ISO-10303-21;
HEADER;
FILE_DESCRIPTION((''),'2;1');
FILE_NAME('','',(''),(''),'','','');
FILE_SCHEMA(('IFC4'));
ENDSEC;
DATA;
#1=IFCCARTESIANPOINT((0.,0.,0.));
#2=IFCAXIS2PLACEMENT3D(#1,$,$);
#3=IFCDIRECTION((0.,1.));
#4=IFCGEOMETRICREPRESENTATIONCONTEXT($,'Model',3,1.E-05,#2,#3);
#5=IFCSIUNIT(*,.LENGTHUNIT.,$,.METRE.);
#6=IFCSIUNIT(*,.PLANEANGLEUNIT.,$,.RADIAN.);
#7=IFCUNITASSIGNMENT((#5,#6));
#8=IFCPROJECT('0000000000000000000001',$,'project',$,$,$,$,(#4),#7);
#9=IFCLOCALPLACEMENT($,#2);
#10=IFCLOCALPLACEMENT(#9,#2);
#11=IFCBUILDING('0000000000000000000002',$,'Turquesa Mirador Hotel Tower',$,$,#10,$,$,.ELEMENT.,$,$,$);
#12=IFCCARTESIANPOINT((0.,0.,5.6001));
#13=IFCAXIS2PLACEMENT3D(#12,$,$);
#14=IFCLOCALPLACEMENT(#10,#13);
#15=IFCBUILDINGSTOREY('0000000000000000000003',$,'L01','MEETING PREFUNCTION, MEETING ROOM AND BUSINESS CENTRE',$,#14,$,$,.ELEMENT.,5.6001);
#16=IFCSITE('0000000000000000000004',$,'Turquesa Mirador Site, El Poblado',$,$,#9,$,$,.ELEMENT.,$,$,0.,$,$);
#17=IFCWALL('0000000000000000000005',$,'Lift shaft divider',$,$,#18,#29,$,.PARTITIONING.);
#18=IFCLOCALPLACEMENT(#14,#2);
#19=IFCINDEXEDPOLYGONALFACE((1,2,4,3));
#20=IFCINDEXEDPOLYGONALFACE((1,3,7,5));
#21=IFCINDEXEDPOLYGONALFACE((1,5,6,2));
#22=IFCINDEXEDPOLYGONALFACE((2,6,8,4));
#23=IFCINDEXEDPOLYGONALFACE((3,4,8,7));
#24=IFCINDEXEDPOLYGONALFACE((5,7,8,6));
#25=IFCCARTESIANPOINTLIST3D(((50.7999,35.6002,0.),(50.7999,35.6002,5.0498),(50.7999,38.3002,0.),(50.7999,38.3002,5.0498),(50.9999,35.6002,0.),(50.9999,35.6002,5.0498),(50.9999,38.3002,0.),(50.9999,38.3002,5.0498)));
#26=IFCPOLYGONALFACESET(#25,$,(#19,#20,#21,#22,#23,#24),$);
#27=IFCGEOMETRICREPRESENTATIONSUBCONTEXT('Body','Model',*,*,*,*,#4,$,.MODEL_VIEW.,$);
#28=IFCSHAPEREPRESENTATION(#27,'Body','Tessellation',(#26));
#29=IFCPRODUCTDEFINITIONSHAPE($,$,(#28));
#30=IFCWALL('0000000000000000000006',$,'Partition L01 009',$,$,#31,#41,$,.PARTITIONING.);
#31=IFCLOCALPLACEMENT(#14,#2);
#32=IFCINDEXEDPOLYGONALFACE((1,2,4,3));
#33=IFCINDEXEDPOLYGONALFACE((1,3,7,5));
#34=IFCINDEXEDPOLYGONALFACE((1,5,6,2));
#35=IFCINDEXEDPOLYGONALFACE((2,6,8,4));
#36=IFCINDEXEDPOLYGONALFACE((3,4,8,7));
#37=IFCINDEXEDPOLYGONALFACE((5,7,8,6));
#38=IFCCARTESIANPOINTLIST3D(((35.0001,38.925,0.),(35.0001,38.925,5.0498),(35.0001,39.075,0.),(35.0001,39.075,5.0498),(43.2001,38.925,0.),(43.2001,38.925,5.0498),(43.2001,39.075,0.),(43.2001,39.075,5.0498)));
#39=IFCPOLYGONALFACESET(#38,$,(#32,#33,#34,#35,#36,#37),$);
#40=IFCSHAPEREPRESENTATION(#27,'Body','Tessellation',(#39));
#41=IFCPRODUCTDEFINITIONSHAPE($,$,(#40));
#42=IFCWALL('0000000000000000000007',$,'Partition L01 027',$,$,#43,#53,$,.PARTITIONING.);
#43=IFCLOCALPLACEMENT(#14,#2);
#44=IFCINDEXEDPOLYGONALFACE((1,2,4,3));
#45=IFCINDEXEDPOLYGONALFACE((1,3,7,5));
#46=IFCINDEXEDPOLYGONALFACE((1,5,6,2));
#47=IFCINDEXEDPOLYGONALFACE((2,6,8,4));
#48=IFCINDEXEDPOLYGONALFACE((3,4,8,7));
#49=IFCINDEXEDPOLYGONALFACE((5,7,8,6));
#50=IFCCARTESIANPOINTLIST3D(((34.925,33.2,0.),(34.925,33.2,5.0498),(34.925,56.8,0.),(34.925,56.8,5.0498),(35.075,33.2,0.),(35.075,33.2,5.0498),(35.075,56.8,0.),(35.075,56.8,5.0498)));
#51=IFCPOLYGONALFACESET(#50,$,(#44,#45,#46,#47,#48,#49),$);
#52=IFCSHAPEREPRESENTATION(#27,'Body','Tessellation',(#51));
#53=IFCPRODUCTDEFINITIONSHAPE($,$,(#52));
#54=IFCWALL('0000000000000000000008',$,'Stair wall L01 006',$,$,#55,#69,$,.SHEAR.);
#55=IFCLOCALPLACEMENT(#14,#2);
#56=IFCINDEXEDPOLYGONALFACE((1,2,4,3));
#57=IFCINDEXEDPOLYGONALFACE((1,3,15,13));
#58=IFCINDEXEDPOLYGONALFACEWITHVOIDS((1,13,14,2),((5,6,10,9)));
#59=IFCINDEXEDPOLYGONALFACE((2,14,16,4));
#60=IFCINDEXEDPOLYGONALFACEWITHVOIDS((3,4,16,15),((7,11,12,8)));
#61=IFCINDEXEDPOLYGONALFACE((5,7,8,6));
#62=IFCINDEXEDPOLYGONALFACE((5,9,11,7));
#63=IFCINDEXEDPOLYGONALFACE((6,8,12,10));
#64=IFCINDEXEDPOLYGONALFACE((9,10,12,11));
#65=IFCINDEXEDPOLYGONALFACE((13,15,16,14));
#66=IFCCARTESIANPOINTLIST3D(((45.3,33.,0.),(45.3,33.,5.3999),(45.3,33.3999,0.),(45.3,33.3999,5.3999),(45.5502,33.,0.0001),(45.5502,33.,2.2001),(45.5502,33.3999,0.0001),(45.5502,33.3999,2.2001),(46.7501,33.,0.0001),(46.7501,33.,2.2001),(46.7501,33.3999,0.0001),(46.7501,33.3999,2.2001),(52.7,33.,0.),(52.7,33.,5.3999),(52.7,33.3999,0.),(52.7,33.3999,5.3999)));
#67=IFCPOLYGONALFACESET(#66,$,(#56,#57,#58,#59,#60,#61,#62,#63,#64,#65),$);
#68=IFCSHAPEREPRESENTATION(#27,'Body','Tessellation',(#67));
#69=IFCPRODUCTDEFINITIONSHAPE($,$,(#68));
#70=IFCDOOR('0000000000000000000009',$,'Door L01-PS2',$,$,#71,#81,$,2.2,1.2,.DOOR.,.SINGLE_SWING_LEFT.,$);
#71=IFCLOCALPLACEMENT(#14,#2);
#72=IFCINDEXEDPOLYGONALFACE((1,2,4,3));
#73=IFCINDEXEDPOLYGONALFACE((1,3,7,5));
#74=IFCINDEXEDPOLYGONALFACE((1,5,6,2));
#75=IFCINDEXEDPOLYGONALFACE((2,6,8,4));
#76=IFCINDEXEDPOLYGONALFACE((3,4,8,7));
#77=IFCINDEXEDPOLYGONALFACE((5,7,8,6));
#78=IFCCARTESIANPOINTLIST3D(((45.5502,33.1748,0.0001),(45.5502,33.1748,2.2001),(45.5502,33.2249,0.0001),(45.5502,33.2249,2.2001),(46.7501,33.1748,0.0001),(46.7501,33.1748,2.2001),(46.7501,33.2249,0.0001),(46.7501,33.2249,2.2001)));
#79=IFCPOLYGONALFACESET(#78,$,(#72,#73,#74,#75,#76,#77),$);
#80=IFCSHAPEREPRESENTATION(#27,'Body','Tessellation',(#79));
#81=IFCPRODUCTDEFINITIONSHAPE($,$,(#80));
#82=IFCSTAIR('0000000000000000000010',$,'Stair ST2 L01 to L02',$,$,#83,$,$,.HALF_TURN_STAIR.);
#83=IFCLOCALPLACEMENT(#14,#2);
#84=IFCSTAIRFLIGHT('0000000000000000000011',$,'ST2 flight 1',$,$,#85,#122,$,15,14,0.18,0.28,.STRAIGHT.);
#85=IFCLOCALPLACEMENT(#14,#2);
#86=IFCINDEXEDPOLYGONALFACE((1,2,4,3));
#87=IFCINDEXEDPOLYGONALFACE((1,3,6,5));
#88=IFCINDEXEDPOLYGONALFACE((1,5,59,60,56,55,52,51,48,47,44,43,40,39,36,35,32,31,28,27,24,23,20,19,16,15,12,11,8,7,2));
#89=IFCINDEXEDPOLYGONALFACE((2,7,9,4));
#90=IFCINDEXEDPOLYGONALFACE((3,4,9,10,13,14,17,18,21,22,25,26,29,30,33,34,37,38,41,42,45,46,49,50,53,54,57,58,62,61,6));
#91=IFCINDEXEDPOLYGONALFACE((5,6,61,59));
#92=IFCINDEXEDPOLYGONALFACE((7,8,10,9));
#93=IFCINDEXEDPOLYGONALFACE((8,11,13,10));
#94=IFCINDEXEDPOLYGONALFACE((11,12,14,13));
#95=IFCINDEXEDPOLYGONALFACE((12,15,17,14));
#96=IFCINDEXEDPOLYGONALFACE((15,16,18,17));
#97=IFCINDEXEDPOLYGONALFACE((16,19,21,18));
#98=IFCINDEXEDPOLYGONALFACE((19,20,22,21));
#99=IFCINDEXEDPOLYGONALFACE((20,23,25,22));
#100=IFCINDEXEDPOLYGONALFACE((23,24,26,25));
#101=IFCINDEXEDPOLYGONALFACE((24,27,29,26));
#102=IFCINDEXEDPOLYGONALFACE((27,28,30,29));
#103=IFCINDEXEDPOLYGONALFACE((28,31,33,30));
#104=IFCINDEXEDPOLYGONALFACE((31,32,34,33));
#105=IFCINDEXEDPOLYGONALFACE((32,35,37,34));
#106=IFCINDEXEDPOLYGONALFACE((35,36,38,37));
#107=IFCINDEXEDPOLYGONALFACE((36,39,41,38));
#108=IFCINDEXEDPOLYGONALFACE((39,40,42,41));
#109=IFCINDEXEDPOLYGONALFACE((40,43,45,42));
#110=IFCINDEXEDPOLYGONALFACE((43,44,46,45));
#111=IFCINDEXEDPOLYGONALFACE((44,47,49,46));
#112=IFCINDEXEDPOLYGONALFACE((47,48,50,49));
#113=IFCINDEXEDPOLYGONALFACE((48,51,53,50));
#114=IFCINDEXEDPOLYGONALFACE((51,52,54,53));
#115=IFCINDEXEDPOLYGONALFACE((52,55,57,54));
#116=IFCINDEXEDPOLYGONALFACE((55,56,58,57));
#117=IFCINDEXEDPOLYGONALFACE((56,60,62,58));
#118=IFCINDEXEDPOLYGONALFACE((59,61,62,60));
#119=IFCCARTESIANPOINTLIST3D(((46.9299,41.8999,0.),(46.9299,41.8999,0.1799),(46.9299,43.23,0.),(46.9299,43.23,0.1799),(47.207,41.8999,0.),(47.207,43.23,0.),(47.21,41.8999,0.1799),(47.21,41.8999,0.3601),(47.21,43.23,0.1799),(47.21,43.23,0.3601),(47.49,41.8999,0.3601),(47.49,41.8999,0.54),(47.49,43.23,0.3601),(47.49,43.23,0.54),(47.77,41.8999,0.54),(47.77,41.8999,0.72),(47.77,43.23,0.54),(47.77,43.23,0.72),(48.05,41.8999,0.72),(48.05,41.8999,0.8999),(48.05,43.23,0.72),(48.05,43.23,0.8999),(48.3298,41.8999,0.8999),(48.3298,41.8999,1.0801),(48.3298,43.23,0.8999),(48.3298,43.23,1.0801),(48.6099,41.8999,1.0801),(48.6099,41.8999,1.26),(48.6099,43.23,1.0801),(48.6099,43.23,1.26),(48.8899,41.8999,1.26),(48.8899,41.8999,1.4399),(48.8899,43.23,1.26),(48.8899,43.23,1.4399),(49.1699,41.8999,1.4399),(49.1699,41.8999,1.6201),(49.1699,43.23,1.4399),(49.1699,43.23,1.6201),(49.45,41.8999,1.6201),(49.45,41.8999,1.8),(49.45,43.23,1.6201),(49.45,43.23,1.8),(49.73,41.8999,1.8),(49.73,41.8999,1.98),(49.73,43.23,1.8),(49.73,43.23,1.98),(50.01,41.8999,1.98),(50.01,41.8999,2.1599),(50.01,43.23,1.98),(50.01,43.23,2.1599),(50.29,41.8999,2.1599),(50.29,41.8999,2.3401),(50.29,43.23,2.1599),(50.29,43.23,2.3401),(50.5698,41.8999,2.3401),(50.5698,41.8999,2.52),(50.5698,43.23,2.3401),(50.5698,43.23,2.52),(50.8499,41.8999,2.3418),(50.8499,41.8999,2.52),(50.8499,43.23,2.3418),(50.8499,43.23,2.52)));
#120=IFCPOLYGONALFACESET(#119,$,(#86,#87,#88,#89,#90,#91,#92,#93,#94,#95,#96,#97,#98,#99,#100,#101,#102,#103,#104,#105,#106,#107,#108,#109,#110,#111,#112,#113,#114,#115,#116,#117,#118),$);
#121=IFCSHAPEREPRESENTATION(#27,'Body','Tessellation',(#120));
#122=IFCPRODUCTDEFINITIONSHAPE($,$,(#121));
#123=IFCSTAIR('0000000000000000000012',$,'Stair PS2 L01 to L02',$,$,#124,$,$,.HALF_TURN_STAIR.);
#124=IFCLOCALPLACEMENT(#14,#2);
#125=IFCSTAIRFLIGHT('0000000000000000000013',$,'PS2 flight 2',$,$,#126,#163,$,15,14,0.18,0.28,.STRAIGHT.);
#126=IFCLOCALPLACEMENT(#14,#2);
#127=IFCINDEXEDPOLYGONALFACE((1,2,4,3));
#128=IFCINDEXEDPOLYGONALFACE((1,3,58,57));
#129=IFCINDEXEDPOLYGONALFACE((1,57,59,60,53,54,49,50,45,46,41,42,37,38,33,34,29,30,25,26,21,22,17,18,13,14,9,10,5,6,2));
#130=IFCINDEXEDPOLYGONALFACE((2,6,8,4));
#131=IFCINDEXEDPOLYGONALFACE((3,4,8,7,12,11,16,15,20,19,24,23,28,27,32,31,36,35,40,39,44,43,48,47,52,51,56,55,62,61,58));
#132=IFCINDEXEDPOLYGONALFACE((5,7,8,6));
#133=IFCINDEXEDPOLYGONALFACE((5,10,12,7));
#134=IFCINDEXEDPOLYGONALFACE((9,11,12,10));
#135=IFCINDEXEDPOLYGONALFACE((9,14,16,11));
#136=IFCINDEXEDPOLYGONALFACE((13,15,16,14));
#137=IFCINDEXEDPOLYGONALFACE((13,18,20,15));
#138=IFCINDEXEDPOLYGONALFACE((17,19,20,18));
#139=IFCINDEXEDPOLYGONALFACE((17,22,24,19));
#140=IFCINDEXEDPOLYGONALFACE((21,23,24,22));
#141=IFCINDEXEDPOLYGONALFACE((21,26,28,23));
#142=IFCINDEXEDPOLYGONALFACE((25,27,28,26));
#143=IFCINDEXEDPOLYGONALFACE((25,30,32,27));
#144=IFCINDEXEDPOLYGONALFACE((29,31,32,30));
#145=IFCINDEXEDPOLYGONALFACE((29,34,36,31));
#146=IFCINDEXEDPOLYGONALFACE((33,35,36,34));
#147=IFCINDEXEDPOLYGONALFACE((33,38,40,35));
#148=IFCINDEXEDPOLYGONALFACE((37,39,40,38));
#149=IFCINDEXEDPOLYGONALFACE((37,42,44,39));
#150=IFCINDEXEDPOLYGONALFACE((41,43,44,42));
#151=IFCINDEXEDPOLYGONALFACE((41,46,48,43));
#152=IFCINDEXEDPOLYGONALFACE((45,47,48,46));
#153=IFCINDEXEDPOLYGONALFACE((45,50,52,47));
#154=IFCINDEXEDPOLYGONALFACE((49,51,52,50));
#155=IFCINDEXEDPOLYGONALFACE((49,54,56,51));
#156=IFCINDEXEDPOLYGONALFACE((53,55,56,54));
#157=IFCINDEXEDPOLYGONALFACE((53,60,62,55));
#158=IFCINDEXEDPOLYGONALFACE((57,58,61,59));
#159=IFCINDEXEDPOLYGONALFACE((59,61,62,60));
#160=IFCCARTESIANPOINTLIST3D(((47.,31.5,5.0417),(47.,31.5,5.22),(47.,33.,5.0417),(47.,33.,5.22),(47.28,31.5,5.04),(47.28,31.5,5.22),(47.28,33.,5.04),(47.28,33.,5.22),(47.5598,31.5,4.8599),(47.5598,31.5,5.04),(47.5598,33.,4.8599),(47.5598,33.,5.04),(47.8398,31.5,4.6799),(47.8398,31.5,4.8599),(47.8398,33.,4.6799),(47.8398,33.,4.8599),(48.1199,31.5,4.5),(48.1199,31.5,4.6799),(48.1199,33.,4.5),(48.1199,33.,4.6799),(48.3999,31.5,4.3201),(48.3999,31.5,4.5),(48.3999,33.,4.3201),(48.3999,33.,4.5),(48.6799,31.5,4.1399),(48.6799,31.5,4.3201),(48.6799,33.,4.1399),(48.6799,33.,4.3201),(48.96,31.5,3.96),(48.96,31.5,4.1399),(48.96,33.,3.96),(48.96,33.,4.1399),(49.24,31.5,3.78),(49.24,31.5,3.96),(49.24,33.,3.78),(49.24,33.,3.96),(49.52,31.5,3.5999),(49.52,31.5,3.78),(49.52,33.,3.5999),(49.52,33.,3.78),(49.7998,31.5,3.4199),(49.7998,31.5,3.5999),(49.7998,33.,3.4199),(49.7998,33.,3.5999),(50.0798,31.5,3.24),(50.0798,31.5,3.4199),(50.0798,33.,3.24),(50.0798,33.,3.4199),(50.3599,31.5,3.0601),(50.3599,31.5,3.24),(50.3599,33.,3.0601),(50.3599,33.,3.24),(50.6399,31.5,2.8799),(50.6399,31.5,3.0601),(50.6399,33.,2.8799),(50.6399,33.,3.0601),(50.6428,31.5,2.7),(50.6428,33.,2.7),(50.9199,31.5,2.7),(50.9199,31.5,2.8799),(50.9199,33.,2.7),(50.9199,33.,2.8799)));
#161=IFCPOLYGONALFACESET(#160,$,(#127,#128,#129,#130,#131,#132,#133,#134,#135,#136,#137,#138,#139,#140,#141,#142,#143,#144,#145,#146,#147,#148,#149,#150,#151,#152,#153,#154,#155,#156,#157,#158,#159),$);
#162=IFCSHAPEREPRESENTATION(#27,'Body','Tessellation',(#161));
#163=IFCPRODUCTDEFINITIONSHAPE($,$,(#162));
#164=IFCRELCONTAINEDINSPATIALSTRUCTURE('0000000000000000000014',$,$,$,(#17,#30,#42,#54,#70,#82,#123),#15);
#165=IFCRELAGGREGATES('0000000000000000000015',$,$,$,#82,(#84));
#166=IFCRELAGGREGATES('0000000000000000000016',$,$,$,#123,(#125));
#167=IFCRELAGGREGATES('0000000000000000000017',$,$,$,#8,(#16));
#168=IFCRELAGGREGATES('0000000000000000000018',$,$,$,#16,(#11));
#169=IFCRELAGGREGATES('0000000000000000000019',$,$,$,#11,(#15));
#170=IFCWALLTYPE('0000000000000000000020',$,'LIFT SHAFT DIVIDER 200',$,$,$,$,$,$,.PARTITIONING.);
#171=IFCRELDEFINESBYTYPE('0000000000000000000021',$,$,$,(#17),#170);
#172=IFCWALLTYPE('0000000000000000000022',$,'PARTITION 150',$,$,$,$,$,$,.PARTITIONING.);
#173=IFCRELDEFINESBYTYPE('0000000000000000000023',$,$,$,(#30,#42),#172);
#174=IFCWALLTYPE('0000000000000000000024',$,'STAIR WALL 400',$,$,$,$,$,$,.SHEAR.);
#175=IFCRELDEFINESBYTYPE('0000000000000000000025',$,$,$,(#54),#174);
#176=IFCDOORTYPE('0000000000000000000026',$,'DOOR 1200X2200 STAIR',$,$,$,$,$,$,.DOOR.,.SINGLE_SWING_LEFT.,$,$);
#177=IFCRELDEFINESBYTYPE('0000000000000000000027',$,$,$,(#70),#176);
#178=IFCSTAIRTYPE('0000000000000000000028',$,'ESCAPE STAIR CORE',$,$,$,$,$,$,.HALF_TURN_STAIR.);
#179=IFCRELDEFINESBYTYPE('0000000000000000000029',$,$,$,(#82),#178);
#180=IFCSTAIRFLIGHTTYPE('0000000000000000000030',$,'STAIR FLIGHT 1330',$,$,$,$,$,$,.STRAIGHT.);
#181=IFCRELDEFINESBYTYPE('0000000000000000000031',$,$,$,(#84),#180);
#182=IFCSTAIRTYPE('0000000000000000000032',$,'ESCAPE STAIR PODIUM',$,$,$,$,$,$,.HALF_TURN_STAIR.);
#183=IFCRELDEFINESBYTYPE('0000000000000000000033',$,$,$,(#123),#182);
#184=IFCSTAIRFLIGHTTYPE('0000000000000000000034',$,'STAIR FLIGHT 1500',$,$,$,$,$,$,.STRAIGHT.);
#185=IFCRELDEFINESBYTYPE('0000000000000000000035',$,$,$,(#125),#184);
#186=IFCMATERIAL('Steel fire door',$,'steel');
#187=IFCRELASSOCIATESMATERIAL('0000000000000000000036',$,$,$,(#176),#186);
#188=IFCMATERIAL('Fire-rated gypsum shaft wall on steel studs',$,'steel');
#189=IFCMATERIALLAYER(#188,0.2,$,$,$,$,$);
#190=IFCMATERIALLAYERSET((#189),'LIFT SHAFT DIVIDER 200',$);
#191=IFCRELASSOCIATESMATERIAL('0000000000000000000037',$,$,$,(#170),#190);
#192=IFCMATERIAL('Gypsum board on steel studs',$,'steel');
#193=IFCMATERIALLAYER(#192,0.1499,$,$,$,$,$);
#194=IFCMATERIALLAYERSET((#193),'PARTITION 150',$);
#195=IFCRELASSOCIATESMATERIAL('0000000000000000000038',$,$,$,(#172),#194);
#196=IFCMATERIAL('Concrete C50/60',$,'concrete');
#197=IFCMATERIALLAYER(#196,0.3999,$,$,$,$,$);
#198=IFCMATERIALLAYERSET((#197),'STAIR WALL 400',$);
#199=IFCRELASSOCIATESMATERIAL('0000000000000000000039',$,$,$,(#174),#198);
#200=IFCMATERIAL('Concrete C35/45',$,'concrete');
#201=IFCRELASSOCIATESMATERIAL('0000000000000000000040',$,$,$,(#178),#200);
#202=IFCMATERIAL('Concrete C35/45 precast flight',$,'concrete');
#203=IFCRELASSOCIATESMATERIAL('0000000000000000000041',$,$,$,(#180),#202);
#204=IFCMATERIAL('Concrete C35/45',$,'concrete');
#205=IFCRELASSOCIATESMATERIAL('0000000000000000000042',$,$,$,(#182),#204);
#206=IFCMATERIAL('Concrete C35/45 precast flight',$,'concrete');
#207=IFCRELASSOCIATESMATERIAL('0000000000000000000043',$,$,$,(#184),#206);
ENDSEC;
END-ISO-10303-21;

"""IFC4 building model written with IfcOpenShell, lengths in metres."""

from ifc_helpers import new_model, si_unit, direction, frame, frame_2d, origin, place, context, subcontext, project, spatial, polyline, rectangle, outline, extrude, material, layer, layer_set, type_object, element, fill, aggregate, save


model = new_model("IFC4")

# Units and contexts
model_context = context("Model", 3, precision=1e-05, world=origin(), true_north=direction((0.0, 1.0)))
body_context = subcontext(model_context, "Body", "Model", "MODEL_VIEW")
ifc_project = project(units=[si_unit("LENGTHUNIT", "METRE"), si_unit("PLANEANGLEUNIT", "RADIAN")], contexts=[model_context])

# Site, building, storey
site_placement = place(None, origin())
site = spatial("IfcSite", under=ifc_project, at=site_placement, Name="Turquesa Mirador Site, El Poblado", CompositionType="ELEMENT", RefElevation=0.0)
building_placement = place(site_placement, origin())
building = spatial("IfcBuilding", under=site, at=building_placement, Name="Turquesa Mirador Hotel Tower", CompositionType="ELEMENT")
storey_placement = place(building_placement, frame((0.0, 0.0, 5.6001)))
storey = spatial("IfcBuildingStorey", under=building, at=storey_placement, Name="L01", Description="MEETING PREFUNCTION, MEETING ROOM AND BUSINESS CENTRE", CompositionType="ELEMENT", Elevation=5.6001)

# Shared definitions
ifc_material_1 = material(Name="Steel fire door", Category="steel")
door_type_1 = type_object("IfcDoorType", Name="DOOR 1200X2200 STAIR", OperationType="SINGLE_SWING_LEFT", PredefinedType="DOOR", material=ifc_material_1)

# Walls
ifc_material_2 = material(Name="Fire-rated gypsum shaft wall on steel studs", Category="steel")
ifc_layer_1 = layer(ifc_material_2, 0.2)
ifc_layer_set_1 = layer_set([ifc_layer_1], Name="LIFT SHAFT DIVIDER 200")
wall_type_1 = type_object("IfcWallType", Name="LIFT SHAFT DIVIDER 200", PredefinedType="PARTITIONING", material=ifc_layer_set_1)
for number, where, z_axis, x_axis, name in (
    (1, (50.8999, 35.6001, 0.0), (0.0, 0.0, 1.0), (0.0, 1.0, 0.0), "Lift shaft divider"),
):
    element("IfcWall", number, at=place(storey_placement, frame(where, z_axis=z_axis, x_axis=x_axis)), inside=storey, type_object=wall_type_1, Name=name, PredefinedType="PARTITIONING", context=body_context, shape_type="SweptSolid", body=[
        extrude(rectangle(XDim=2.7, YDim=0.2, at=frame_2d((1.3501, 0.0))), origin(), (0.0, 0.0, 1.0), 5.0498),
    ])
ifc_material_3 = material(Name="Gypsum board on steel studs", Category="steel")
ifc_layer_2 = layer(ifc_material_3, 0.1499)
ifc_layer_set_2 = layer_set([ifc_layer_2], Name="PARTITION 150")
wall_type_2 = type_object("IfcWallType", Name="PARTITION 150", PredefinedType="PARTITIONING", material=ifc_layer_set_2)
wall_1_placement = place(storey_placement, frame((35.0, 39.0, 0.0), z_axis=(0.0, 0.0, 1.0), x_axis=(1.0, 0.0, 0.0)))
element("IfcWall", 2, at=wall_1_placement, inside=storey, type_object=wall_type_2, Name="Partition L01 009", PredefinedType="PARTITIONING", context=body_context, shape_type="SweptSolid", body=[
    extrude(rectangle(XDim=8.2, YDim=0.1499, at=frame_2d((4.1001, 0.0))), origin(), (0.0, 0.0, 1.0), 5.0498),
])
wall_2_placement = place(storey_placement, frame((35.0, 33.2, 0.0), z_axis=(0.0, 0.0, 1.0), x_axis=(0.0, 1.0, 0.0)))
element("IfcWall", 3, at=wall_2_placement, inside=storey, type_object=wall_type_2, Name="Partition L01 027", PredefinedType="PARTITIONING", context=body_context, shape_type="SweptSolid", body=[
    extrude(rectangle(XDim=23.6001, YDim=0.1499, at=frame_2d((11.8, 0.0))), origin(), (0.0, 0.0, 1.0), 5.0498),
])

# Wall, opening, door
ifc_material_4 = material(Name="Concrete C50/60", Category="concrete")
ifc_layer_3 = layer(ifc_material_4, 0.3999)
ifc_layer_set_3 = layer_set([ifc_layer_3], Name="STAIR WALL 400")
wall_type_3 = type_object("IfcWallType", Name="STAIR WALL 400", PredefinedType="SHEAR", material=ifc_layer_set_3)
wall_3_placement = place(storey_placement, frame((45.3, 33.2, 0.0), z_axis=(0.0, 0.0, 1.0), x_axis=(1.0, 0.0, 0.0)))
wall_3 = element("IfcWall", 4, at=wall_3_placement, inside=storey, type_object=wall_type_3, Name="Stair wall L01 006", PredefinedType="SHEAR", context=body_context, shape_type="SweptSolid", body=[
    extrude(rectangle(XDim=7.3999, YDim=0.3999, at=frame_2d((3.7, 0.0))), origin(), (0.0, 0.0, 1.0), 5.3999),
])
opening_1_placement = place(wall_3_placement, frame((0.25, 0.0, 0.0)))
opening_1 = element("IfcOpeningElement", 5, at=opening_1_placement, cuts=wall_3, PredefinedType="OPENING", context=body_context, shape_type="SweptSolid", body=[
    extrude(rectangle(XDim=1.2, YDim=2.2, at=frame_2d((0.6001, 1.1001))), frame((0.0, 0.21, 0.0), z_axis=(0.0, -1.0, 0.0), x_axis=(1.0, 0.0, 0.0)), (0.0, 0.0, 1.0), 0.4199),
])
door_1_placement = place(opening_1_placement, origin())
door_1 = element("IfcDoor", 6, at=door_1_placement, inside=storey, type_object=door_type_1, Name="Door L01-PS2", OperationType="SINGLE_SWING_LEFT", OverallHeight=2.2, OverallWidth=1.2, PredefinedType="DOOR", context=body_context, shape_type="SweptSolid", body=[
    extrude(rectangle(XDim=1.2, YDim=2.2, at=frame_2d((0.6001, 1.1001))), frame((0.0, 0.0249, 0.0), z_axis=(0.0, -1.0, 0.0), x_axis=(1.0, 0.0, 0.0)), (0.0, 0.0, 1.0), 0.05),
])
fill(opening_1, door_1)

# Stairs, stair flights
ifc_material_5 = material(Name="Concrete C35/45", Category="concrete")
stair_type_1 = type_object("IfcStairType", Name="ESCAPE STAIR CORE", PredefinedType="HALF_TURN_STAIR", material=ifc_material_5)
stair_1_placement = place(storey_placement, origin())
stair_1 = element("IfcStair", 7, at=stair_1_placement, inside=storey, type_object=stair_type_1, Name="Stair ST2 L01 to L02", PredefinedType="HALF_TURN_STAIR")
ifc_material_6 = material(Name="Concrete C35/45 precast flight", Category="concrete")
stair_flight_type_1 = type_object("IfcStairFlightType", Name="STAIR FLIGHT 1330", PredefinedType="STRAIGHT", material=ifc_material_6)
stair_flight_1_placement = place(storey_placement, frame((46.9299, 42.5649, 0.0), z_axis=(0.0, 0.0, 1.0), x_axis=(1.0, 0.0, 0.0)))
stair_flight_1 = element("IfcStairFlight", 8, at=stair_flight_1_placement, type_object=stair_flight_type_1, Name="ST2 flight 1", NumberOfRisers=15, NumberOfTreads=14, PredefinedType="STRAIGHT", RiserHeight=0.18, TreadLength=0.28, context=body_context, shape_type="SweptSolid", body=[
    extrude(outline(polyline([(0.0, 0.0), (0.0, 0.1799), (0.28, 0.1799), (0.28, 0.3601), (0.5601, 0.3601), (0.5601, 0.54), (0.8401, 0.54), (0.8401, 0.72), (1.1201, 0.72), (1.1201, 0.8999), (1.3999, 0.8999), (1.3999, 1.0801), (1.6799, 1.0801), (1.6799, 1.26), (1.96, 1.26), (1.96, 1.4399), (2.24, 1.4399), (2.24, 1.6201), (2.52, 1.6201), (2.52, 1.8), (2.8, 1.8), (2.8, 1.98), (3.0801, 1.98), (3.0801, 2.1599), (3.3601, 2.1599), (3.3601, 2.3401), (3.6399, 2.3401), (3.6399, 2.52), (3.9199, 2.52), (3.9199, 2.7), (3.9199, 2.3418), (0.2771, 0.0), (0.0, 0.0)])), frame((0.0, 0.665, 0.0), z_axis=(0.0, -1.0, 0.0), x_axis=(1.0, 0.0, 0.0)), (0.0, 0.0, 1.0), 1.3301),
])
aggregate(stair_1, [stair_flight_1])
ifc_material_7 = material(Name="Concrete C35/45", Category="concrete")
stair_type_2 = type_object("IfcStairType", Name="ESCAPE STAIR PODIUM", PredefinedType="HALF_TURN_STAIR", material=ifc_material_7)
stair_2_placement = place(storey_placement, origin())
stair_2 = element("IfcStair", 9, at=stair_2_placement, inside=storey, type_object=stair_type_2, Name="Stair PS2 L01 to L02", PredefinedType="HALF_TURN_STAIR")
ifc_material_8 = material(Name="Concrete C35/45 precast flight", Category="concrete")
stair_flight_type_2 = type_object("IfcStairFlightType", Name="STAIR FLIGHT 1500", PredefinedType="STRAIGHT", material=ifc_material_8)
stair_flight_2_placement = place(storey_placement, frame((50.9199, 32.25, 2.7), z_axis=(0.0, 0.0, 1.0), x_axis=(-1.0, 0.0, 0.0)))
stair_flight_2 = element("IfcStairFlight", 10, at=stair_flight_2_placement, type_object=stair_flight_type_2, Name="PS2 flight 2", NumberOfRisers=15, NumberOfTreads=14, PredefinedType="STRAIGHT", RiserHeight=0.18, TreadLength=0.28, context=body_context, shape_type="SweptSolid", body=[
    extrude(outline(polyline([(0.0, 0.0), (0.0, 0.1799), (0.28, 0.1799), (0.28, 0.3601), (0.5601, 0.3601), (0.5601, 0.54), (0.8401, 0.54), (0.8401, 0.72), (1.1201, 0.72), (1.1201, 0.8999), (1.3999, 0.8999), (1.3999, 1.0801), (1.6799, 1.0801), (1.6799, 1.26), (1.96, 1.26), (1.96, 1.4399), (2.24, 1.4399), (2.24, 1.6201), (2.52, 1.6201), (2.52, 1.8), (2.8, 1.8), (2.8, 1.98), (3.0801, 1.98), (3.0801, 2.1599), (3.3601, 2.1599), (3.3601, 2.3401), (3.6399, 2.3401), (3.6399, 2.52), (3.9199, 2.52), (3.9199, 2.7), (3.9199, 2.3418), (0.2771, 0.0), (0.0, 0.0)])), frame((0.0, 0.75, 0.0), z_axis=(0.0, -1.0, 0.0), x_axis=(1.0, 0.0, 0.0)), (0.0, 0.0, 1.0), 1.5),
])
aggregate(stair_2, [stair_flight_2])

save(model, "model.ifc")
